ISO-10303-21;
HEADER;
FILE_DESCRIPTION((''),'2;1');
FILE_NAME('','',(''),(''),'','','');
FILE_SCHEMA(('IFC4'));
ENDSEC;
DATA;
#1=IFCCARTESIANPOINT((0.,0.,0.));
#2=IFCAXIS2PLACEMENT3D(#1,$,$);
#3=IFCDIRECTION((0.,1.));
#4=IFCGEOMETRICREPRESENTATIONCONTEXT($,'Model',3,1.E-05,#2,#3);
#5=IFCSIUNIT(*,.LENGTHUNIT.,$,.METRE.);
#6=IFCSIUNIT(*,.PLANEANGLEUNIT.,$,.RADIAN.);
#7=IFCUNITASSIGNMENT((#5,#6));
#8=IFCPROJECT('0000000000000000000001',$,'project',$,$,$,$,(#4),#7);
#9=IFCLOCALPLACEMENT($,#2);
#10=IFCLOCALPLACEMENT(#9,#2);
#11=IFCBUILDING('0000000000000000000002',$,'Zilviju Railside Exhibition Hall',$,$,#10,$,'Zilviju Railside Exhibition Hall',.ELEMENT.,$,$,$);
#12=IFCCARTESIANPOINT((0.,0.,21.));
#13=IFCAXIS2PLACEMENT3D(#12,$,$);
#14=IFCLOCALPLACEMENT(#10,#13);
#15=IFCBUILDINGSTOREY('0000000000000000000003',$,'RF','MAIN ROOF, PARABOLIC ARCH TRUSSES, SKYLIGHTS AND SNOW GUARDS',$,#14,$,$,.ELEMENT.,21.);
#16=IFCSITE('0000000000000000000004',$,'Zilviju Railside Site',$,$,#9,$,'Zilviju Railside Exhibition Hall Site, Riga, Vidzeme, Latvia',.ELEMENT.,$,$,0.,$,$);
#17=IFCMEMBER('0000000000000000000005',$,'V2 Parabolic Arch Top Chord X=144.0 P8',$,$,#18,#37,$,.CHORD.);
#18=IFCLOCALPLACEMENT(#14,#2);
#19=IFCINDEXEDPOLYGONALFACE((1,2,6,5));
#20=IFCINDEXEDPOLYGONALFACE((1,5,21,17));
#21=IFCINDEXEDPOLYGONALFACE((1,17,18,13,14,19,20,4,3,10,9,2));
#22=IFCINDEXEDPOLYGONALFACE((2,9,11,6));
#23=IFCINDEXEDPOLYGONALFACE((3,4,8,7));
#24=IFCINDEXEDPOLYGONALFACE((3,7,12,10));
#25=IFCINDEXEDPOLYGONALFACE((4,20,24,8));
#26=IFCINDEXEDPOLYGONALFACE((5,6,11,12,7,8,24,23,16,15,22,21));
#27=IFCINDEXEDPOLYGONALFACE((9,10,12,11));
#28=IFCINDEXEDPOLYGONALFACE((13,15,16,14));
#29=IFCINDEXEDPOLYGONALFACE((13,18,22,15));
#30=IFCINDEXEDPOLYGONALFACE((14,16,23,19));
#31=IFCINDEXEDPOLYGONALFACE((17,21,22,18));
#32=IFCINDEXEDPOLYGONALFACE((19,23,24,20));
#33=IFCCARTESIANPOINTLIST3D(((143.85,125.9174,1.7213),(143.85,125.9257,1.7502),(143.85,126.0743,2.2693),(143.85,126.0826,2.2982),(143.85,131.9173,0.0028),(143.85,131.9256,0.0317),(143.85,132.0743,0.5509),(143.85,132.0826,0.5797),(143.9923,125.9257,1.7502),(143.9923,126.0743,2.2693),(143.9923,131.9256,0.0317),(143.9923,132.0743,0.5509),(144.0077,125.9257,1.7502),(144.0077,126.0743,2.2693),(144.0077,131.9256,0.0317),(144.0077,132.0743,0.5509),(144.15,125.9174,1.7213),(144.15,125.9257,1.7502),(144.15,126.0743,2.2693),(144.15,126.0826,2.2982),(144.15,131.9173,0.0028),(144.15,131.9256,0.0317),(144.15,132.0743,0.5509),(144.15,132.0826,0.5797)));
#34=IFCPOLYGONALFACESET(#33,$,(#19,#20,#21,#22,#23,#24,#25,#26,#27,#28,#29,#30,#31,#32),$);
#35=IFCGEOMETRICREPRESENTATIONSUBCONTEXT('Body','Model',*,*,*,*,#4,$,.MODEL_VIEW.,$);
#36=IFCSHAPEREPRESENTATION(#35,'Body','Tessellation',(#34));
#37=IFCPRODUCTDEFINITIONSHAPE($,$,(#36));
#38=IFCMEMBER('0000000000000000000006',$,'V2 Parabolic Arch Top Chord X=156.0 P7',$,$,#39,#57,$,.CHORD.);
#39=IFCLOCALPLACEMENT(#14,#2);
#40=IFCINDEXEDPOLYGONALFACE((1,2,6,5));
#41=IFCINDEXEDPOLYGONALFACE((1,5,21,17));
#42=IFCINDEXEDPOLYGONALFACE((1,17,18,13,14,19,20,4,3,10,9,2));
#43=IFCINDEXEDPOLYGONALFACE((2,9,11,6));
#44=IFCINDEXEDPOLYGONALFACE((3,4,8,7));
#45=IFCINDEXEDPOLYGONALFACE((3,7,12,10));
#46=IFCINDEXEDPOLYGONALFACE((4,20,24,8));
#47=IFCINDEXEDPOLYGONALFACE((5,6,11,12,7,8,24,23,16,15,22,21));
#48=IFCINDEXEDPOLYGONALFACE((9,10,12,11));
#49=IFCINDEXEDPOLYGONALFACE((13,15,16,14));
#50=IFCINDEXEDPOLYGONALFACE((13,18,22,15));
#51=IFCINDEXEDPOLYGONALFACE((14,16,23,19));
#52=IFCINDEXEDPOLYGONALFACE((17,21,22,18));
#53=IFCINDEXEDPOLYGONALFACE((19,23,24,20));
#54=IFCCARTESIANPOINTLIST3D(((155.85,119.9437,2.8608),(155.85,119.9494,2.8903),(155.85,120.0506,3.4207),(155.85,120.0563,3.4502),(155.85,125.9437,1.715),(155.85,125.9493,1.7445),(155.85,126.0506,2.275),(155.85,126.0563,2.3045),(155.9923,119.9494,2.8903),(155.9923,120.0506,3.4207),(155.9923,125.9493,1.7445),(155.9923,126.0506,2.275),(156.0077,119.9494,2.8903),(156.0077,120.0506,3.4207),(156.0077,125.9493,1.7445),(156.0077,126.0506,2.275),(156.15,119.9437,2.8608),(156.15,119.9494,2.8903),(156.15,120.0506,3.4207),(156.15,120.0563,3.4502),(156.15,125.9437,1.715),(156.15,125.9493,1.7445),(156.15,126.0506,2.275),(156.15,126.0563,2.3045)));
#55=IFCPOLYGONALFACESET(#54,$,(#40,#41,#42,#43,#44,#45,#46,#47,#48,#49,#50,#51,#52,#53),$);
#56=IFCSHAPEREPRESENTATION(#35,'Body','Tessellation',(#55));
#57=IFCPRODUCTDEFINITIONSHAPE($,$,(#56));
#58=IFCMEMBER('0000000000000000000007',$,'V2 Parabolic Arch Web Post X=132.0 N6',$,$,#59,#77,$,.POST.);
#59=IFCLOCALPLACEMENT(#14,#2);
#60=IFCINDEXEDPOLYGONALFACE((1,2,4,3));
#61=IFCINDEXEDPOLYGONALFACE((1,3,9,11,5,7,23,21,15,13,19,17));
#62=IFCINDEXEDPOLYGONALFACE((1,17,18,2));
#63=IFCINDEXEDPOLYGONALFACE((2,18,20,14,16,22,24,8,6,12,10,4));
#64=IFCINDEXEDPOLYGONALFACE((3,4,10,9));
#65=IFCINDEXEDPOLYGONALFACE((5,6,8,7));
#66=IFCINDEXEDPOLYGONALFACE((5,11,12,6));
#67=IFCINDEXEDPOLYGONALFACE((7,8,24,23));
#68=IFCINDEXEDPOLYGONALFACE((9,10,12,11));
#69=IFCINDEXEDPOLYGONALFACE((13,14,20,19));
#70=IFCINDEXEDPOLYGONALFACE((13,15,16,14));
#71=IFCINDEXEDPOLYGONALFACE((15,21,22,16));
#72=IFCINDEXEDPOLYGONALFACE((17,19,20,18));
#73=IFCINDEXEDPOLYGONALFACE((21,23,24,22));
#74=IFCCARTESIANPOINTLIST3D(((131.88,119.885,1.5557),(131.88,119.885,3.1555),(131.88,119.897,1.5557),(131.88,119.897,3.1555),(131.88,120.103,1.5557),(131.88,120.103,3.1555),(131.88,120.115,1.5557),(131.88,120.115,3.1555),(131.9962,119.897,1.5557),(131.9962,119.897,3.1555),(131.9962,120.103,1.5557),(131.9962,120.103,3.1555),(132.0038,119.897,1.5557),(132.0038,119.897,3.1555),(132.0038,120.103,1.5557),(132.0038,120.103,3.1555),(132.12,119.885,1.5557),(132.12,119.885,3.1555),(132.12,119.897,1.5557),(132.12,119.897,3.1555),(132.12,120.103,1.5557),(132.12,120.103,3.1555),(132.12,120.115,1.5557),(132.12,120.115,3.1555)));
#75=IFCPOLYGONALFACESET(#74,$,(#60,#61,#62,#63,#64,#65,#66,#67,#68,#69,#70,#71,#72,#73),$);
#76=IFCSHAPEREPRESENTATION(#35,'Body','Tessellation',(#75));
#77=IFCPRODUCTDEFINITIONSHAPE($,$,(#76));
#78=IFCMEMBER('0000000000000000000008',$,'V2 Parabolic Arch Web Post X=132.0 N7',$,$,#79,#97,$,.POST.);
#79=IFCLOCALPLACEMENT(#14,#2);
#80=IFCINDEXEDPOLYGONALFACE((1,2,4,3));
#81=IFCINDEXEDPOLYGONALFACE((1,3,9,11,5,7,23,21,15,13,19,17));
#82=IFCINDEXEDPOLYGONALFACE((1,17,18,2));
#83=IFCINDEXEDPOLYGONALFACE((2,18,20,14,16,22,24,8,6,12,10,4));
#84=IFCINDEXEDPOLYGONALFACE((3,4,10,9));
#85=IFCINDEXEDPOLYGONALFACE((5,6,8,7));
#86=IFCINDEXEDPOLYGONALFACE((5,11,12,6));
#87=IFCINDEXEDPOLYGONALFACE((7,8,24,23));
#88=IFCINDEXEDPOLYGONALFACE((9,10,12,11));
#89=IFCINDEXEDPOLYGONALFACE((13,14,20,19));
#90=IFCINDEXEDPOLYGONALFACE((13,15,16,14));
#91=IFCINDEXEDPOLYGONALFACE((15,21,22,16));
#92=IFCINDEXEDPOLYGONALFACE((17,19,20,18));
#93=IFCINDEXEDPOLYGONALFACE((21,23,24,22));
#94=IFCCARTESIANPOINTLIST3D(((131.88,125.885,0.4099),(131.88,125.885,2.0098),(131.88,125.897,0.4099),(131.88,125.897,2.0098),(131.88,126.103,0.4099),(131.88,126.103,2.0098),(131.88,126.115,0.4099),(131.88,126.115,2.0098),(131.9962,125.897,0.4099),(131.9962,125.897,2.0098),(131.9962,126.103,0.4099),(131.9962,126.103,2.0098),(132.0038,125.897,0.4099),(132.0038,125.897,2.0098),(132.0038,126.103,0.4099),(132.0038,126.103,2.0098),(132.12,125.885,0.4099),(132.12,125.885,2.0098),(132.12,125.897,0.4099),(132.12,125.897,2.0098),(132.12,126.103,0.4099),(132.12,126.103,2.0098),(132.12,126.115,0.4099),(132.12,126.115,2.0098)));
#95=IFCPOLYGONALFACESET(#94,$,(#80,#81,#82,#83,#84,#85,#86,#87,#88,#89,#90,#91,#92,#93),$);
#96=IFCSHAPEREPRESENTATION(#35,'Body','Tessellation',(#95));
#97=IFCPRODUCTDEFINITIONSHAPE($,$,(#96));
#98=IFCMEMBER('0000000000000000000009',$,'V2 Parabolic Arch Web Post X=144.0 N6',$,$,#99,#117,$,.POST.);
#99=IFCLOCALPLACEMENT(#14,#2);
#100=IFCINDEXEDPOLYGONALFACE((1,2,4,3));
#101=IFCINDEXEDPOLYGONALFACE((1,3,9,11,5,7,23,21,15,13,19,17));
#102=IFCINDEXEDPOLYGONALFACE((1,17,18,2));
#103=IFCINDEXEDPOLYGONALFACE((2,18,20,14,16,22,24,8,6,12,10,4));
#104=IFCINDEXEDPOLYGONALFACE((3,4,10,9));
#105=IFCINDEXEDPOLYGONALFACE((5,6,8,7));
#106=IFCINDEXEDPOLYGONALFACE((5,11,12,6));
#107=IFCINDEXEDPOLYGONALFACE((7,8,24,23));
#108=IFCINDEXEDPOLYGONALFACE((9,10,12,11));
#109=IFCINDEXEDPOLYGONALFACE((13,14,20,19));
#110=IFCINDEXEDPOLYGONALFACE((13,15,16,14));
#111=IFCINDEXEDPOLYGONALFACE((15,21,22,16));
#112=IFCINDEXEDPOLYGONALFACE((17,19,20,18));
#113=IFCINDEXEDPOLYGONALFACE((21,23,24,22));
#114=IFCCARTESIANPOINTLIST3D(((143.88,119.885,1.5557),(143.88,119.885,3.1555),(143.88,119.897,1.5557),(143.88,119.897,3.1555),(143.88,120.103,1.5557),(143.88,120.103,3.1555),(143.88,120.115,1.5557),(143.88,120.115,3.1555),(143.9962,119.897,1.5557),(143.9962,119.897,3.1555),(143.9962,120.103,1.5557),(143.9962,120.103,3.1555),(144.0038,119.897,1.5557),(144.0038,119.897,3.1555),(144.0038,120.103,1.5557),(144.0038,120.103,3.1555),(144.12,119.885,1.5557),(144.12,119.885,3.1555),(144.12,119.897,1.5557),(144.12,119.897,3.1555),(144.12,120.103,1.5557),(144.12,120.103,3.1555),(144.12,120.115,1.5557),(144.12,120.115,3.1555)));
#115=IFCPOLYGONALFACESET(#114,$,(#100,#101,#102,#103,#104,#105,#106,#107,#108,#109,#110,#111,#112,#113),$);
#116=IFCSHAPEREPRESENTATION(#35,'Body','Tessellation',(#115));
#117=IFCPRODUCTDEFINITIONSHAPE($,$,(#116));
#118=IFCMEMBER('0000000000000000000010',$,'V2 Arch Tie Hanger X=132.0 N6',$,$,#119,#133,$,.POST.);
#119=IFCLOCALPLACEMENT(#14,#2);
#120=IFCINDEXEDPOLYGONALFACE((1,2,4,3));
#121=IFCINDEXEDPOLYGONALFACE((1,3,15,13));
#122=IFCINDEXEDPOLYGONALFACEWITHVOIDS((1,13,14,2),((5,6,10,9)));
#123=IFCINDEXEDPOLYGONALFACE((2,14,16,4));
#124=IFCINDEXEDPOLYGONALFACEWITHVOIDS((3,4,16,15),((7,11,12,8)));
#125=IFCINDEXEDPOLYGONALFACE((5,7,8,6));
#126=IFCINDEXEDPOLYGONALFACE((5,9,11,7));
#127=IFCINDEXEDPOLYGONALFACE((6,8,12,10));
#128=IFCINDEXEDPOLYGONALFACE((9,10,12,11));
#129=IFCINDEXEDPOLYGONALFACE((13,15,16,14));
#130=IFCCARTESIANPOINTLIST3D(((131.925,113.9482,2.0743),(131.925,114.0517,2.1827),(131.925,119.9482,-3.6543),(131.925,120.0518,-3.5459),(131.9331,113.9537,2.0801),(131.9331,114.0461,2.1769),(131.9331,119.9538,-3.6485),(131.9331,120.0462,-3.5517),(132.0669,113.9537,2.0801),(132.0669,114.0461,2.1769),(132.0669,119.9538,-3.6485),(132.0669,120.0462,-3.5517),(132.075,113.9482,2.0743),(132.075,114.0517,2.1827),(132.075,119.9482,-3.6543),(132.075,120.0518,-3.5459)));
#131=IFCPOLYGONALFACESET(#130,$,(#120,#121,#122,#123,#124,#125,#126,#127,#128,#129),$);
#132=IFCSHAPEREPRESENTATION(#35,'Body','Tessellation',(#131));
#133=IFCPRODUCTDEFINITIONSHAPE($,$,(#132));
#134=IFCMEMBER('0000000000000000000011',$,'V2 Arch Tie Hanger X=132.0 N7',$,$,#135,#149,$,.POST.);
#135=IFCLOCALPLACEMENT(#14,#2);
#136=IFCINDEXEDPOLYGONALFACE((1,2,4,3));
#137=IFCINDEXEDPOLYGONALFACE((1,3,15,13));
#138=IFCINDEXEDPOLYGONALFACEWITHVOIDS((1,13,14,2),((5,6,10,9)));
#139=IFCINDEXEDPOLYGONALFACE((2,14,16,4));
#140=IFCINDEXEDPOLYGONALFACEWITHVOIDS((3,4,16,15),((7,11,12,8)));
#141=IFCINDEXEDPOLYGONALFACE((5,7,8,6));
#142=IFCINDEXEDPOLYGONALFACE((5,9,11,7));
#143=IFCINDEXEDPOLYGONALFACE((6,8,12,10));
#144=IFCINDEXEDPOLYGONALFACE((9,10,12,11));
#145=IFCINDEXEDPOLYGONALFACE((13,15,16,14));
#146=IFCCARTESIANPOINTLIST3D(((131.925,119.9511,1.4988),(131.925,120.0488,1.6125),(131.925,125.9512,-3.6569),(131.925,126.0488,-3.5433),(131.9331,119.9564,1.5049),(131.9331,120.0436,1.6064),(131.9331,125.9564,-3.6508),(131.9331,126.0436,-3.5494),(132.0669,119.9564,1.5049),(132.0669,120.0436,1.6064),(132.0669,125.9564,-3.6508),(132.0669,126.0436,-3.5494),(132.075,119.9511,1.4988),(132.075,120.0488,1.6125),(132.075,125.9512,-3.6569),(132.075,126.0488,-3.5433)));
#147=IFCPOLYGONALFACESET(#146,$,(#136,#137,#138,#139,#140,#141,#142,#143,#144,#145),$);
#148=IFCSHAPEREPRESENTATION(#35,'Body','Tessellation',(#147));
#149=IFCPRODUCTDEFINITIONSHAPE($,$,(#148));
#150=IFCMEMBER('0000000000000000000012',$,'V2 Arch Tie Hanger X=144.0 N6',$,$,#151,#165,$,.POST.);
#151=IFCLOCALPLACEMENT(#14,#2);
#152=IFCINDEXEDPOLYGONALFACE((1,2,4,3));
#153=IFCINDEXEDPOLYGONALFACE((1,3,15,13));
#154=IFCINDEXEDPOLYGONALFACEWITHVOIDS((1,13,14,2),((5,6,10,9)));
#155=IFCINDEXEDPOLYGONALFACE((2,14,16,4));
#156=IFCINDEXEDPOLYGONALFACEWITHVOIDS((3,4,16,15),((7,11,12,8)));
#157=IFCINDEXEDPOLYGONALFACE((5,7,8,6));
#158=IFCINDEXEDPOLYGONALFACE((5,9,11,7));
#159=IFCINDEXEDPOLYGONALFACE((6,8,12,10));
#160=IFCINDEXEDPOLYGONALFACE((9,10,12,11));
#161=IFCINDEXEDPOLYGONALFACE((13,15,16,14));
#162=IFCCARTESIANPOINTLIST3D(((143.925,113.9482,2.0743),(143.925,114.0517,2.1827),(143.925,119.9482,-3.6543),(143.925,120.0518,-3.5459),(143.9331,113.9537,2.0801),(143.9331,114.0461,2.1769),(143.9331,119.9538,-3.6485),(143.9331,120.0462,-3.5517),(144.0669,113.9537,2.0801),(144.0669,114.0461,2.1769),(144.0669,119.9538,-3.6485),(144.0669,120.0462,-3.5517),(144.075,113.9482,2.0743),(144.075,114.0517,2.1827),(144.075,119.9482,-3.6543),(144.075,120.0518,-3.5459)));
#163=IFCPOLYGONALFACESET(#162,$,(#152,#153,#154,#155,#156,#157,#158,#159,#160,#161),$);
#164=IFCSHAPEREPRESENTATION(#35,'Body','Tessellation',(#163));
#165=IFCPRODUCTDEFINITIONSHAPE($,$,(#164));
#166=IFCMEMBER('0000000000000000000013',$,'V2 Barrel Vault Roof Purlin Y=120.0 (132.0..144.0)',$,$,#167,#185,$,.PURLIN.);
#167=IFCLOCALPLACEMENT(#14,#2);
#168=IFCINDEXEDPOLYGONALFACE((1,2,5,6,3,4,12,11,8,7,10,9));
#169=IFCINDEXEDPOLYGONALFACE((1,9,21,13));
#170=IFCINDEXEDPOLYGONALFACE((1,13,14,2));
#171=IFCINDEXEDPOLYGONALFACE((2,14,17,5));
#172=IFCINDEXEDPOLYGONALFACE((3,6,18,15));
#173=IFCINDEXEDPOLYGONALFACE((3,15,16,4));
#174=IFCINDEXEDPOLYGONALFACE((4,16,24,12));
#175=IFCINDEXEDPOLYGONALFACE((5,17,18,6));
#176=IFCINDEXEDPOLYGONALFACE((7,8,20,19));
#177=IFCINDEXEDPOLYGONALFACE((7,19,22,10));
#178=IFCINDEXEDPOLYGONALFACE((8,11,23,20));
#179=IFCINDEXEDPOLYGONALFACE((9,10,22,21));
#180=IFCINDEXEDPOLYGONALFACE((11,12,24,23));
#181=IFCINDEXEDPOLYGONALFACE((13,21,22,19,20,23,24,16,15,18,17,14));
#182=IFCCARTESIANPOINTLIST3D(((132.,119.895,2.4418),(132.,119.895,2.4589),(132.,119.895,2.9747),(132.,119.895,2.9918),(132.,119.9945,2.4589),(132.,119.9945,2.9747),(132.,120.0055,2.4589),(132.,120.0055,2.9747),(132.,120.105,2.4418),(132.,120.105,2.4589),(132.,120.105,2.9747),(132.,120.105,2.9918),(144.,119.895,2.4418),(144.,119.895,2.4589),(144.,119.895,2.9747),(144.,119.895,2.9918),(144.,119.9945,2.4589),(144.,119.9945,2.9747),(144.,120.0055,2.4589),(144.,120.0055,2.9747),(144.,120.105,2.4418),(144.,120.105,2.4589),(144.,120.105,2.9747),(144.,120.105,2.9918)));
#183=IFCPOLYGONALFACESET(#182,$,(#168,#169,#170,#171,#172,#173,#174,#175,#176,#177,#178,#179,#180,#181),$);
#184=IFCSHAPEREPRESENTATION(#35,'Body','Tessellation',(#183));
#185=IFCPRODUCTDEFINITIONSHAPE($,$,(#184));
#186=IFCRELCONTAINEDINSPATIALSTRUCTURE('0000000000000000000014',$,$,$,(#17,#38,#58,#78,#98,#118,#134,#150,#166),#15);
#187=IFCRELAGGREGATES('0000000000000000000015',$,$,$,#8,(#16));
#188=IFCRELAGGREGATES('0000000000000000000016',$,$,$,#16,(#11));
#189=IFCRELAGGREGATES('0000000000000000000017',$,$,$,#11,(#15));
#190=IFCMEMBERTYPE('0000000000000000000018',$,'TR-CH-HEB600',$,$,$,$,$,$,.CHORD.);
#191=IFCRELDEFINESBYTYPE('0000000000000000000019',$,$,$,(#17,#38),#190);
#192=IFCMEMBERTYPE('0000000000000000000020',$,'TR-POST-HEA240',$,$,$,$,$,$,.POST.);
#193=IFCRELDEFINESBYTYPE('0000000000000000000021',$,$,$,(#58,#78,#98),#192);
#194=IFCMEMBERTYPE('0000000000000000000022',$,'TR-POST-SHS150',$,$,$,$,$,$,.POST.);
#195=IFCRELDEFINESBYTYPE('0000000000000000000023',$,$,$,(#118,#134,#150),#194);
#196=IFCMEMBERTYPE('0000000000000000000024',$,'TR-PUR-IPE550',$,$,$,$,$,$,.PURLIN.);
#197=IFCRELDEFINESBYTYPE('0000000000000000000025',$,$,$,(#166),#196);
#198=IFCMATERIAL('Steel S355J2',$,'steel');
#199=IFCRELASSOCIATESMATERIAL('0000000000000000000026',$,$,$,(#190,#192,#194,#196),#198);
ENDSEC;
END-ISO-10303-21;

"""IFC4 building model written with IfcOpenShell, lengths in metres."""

from ifc_helpers import new_model, si_unit, direction, frame, origin, origin_2d, place, context, subcontext, project, spatial, hollow_rectangle, i_section, extrude, material, material_profile, profile_set, type_object, element, save


model = new_model("IFC4")

# Units and contexts
model_context = context("Model", 3, precision=1e-05, world=origin(), true_north=direction((0.0, 1.0)))
body_context = subcontext(model_context, "Body", "Model", "MODEL_VIEW")
ifc_project = project(units=[si_unit("LENGTHUNIT", "METRE"), si_unit("PLANEANGLEUNIT", "RADIAN")], contexts=[model_context])

# Site, building, storey
site_placement = place(None, origin())
site = spatial("IfcSite", under=ifc_project, at=site_placement, Name="Zilviju Railside Site", LongName="Zilviju Railside Exhibition Hall Site, Riga, Vidzeme, Latvia", CompositionType="ELEMENT", RefElevation=0.0)
building_placement = place(site_placement, origin())
building = spatial("IfcBuilding", under=site, at=building_placement, Name="Zilviju Railside Exhibition Hall", LongName="Zilviju Railside Exhibition Hall", CompositionType="ELEMENT")
storey_placement = place(building_placement, frame((0.0, 0.0, 21.0)))
storey = spatial("IfcBuildingStorey", under=building, at=storey_placement, Name="RF", Description="MAIN ROOF, PARABOLIC ARCH TRUSSES, SKYLIGHTS AND SNOW GUARDS", CompositionType="ELEMENT", Elevation=21.0)

# Members
ifc_material_1 = material(Name="Steel S355J2", Category="steel")
ifc_material_profile_1 = material_profile(ifc_material_1, i_section(OverallWidth=0.3, OverallDepth=0.6001, WebThickness=0.0154, FlangeThickness=0.03, at=origin_2d()), Name="HEB 600")
ifc_profile_set_1 = profile_set([ifc_material_profile_1], Name="Steel S355J2")
member_type_1 = type_object("IfcMemberType", Name="TR-CH-HEB600", PredefinedType="CHORD", material=ifc_profile_set_1)
member_1_placement = place(storey_placement, frame((144.0, 126.0, 2.0098), z_axis=(0.0, 0.961345, -0.275346), x_axis=(-1.0, 0.0, 0.0)))
element("IfcMember", 1, at=member_1_placement, inside=storey, type_object=member_type_1, Name="V2 Parabolic Arch Top Chord X=144.0 P8", PredefinedType="CHORD", context=body_context, shape_type="SweptSolid", body=[
    extrude(i_section(OverallWidth=0.3, OverallDepth=0.6001, WebThickness=0.0154, FlangeThickness=0.03, at=origin_2d()), origin(), (0.0, 0.0, 1.0), 6.2412),
])
member_2_placement = place(storey_placement, frame((156.0, 120.0, 3.1555), z_axis=(0.0, 0.982251, -0.187569), x_axis=(-1.0, 0.0, 0.0)))
element("IfcMember", 2, at=member_2_placement, inside=storey, type_object=member_type_1, Name="V2 Parabolic Arch Top Chord X=156.0 P7", PredefinedType="CHORD", context=body_context, shape_type="SweptSolid", body=[
    extrude(i_section(OverallWidth=0.3, OverallDepth=0.6001, WebThickness=0.0154, FlangeThickness=0.03, at=origin_2d()), origin(), (0.0, 0.0, 1.0), 6.1084),
])
ifc_material_profile_2 = material_profile(ifc_material_1, i_section(OverallWidth=0.24, OverallDepth=0.23, WebThickness=0.0076, FlangeThickness=0.012, at=origin_2d()), Name="HEA 240")
ifc_profile_set_2 = profile_set([ifc_material_profile_2], Name="Steel S355J2")
member_type_2 = type_object("IfcMemberType", Name="TR-POST-HEA240", PredefinedType="POST", material=ifc_profile_set_2)
for number, where, z_axis, x_axis, name in (
    (3, (132.0, 120.0, 1.5557), (0.0, 0.0, 1.0), (1.0, 0.0, 0.0), "V2 Parabolic Arch Web Post X=132.0 N6"),
    (4, (132.0, 126.0, 0.4099), (0.0, 0.0, 1.0), (1.0, 0.0, 0.0), "V2 Parabolic Arch Web Post X=132.0 N7"),
    (5, (144.0, 120.0, 1.5557), (0.0, 0.0, 1.0), (1.0, 0.0, 0.0), "V2 Parabolic Arch Web Post X=144.0 N6"),
):
    element("IfcMember", number, at=place(storey_placement, frame(where, z_axis=z_axis, x_axis=x_axis)), inside=storey, type_object=member_type_2, Name=name, PredefinedType="POST", context=body_context, shape_type="SweptSolid", body=[
        extrude(i_section(OverallWidth=0.24, OverallDepth=0.23, WebThickness=0.0076, FlangeThickness=0.012, at=origin_2d()), origin(), (0.0, 0.0, 1.0), 1.5999),
    ])
ifc_material_profile_3 = material_profile(ifc_material_1, hollow_rectangle(XDim=0.1499, YDim=0.1499, WallThickness=0.0081, at=origin_2d()), Name="SHS 150x150x8.0")
ifc_profile_set_3 = profile_set([ifc_material_profile_3], Name="Steel S355J2")
member_type_3 = type_object("IfcMemberType", Name="TR-POST-SHS150", PredefinedType="POST", material=ifc_profile_set_3)
member_3_placement = place(storey_placement, frame((132.0, 120.0, -3.6001), z_axis=(0.0, -0.723281, 0.690554), x_axis=(1.0, 0.0, 0.0)))
element("IfcMember", 6, at=member_3_placement, inside=storey, type_object=member_type_3, Name="V2 Arch Tie Hanger X=132.0 N6", PredefinedType="POST", context=body_context, shape_type="SweptSolid", body=[
    extrude(hollow_rectangle(XDim=0.1499, YDim=0.1499, WallThickness=0.0081, at=origin_2d()), origin(), (0.0, 0.0, 1.0), 8.2957),
])
member_4_placement = place(storey_placement, frame((132.0, 126.0, -3.6001), z_axis=(0.0, -0.75845, 0.651731), x_axis=(1.0, 0.0, 0.0)))
element("IfcMember", 7, at=member_4_placement, inside=storey, type_object=member_type_3, Name="V2 Arch Tie Hanger X=132.0 N7", PredefinedType="POST", context=body_context, shape_type="SweptSolid", body=[
    extrude(hollow_rectangle(XDim=0.1499, YDim=0.1499, WallThickness=0.0081, at=origin_2d()), origin(), (0.0, 0.0, 1.0), 7.9109),
])
member_5_placement = place(storey_placement, frame((144.0, 120.0, -3.6001), z_axis=(0.0, -0.723281, 0.690554), x_axis=(1.0, 0.0, 0.0)))
element("IfcMember", 8, at=member_5_placement, inside=storey, type_object=member_type_3, Name="V2 Arch Tie Hanger X=144.0 N6", PredefinedType="POST", context=body_context, shape_type="SweptSolid", body=[
    extrude(hollow_rectangle(XDim=0.1499, YDim=0.1499, WallThickness=0.0081, at=origin_2d()), origin(), (0.0, 0.0, 1.0), 8.2957),
])
ifc_material_profile_4 = material_profile(ifc_material_1, i_section(OverallWidth=0.21, OverallDepth=0.55, WebThickness=0.011, FlangeThickness=0.0171, at=origin_2d()), Name="IPE 550")
ifc_profile_set_4 = profile_set([ifc_material_profile_4], Name="Steel S355J2")
member_type_4 = type_object("IfcMemberType", Name="TR-PUR-IPE550", PredefinedType="PURLIN", material=ifc_profile_set_4)
for number, where, z_axis, x_axis, name in (
    (9, (132.0, 120.0, 2.7168), (1.0, 0.0, 0.0), (0.0, 1.0, 0.0), "V2 Barrel Vault Roof Purlin Y=120.0 (132.0..144.0)"),
):
    element("IfcMember", number, at=place(storey_placement, frame(where, z_axis=z_axis, x_axis=x_axis)), inside=storey, type_object=member_type_4, Name=name, PredefinedType="PURLIN", context=body_context, shape_type="SweptSolid", body=[
        extrude(i_section(OverallWidth=0.21, OverallDepth=0.55, WebThickness=0.011, FlangeThickness=0.0171, at=origin_2d()), origin(), (0.0, 0.0, 1.0), 12.0),
    ])

save(model, "model.ifc")
